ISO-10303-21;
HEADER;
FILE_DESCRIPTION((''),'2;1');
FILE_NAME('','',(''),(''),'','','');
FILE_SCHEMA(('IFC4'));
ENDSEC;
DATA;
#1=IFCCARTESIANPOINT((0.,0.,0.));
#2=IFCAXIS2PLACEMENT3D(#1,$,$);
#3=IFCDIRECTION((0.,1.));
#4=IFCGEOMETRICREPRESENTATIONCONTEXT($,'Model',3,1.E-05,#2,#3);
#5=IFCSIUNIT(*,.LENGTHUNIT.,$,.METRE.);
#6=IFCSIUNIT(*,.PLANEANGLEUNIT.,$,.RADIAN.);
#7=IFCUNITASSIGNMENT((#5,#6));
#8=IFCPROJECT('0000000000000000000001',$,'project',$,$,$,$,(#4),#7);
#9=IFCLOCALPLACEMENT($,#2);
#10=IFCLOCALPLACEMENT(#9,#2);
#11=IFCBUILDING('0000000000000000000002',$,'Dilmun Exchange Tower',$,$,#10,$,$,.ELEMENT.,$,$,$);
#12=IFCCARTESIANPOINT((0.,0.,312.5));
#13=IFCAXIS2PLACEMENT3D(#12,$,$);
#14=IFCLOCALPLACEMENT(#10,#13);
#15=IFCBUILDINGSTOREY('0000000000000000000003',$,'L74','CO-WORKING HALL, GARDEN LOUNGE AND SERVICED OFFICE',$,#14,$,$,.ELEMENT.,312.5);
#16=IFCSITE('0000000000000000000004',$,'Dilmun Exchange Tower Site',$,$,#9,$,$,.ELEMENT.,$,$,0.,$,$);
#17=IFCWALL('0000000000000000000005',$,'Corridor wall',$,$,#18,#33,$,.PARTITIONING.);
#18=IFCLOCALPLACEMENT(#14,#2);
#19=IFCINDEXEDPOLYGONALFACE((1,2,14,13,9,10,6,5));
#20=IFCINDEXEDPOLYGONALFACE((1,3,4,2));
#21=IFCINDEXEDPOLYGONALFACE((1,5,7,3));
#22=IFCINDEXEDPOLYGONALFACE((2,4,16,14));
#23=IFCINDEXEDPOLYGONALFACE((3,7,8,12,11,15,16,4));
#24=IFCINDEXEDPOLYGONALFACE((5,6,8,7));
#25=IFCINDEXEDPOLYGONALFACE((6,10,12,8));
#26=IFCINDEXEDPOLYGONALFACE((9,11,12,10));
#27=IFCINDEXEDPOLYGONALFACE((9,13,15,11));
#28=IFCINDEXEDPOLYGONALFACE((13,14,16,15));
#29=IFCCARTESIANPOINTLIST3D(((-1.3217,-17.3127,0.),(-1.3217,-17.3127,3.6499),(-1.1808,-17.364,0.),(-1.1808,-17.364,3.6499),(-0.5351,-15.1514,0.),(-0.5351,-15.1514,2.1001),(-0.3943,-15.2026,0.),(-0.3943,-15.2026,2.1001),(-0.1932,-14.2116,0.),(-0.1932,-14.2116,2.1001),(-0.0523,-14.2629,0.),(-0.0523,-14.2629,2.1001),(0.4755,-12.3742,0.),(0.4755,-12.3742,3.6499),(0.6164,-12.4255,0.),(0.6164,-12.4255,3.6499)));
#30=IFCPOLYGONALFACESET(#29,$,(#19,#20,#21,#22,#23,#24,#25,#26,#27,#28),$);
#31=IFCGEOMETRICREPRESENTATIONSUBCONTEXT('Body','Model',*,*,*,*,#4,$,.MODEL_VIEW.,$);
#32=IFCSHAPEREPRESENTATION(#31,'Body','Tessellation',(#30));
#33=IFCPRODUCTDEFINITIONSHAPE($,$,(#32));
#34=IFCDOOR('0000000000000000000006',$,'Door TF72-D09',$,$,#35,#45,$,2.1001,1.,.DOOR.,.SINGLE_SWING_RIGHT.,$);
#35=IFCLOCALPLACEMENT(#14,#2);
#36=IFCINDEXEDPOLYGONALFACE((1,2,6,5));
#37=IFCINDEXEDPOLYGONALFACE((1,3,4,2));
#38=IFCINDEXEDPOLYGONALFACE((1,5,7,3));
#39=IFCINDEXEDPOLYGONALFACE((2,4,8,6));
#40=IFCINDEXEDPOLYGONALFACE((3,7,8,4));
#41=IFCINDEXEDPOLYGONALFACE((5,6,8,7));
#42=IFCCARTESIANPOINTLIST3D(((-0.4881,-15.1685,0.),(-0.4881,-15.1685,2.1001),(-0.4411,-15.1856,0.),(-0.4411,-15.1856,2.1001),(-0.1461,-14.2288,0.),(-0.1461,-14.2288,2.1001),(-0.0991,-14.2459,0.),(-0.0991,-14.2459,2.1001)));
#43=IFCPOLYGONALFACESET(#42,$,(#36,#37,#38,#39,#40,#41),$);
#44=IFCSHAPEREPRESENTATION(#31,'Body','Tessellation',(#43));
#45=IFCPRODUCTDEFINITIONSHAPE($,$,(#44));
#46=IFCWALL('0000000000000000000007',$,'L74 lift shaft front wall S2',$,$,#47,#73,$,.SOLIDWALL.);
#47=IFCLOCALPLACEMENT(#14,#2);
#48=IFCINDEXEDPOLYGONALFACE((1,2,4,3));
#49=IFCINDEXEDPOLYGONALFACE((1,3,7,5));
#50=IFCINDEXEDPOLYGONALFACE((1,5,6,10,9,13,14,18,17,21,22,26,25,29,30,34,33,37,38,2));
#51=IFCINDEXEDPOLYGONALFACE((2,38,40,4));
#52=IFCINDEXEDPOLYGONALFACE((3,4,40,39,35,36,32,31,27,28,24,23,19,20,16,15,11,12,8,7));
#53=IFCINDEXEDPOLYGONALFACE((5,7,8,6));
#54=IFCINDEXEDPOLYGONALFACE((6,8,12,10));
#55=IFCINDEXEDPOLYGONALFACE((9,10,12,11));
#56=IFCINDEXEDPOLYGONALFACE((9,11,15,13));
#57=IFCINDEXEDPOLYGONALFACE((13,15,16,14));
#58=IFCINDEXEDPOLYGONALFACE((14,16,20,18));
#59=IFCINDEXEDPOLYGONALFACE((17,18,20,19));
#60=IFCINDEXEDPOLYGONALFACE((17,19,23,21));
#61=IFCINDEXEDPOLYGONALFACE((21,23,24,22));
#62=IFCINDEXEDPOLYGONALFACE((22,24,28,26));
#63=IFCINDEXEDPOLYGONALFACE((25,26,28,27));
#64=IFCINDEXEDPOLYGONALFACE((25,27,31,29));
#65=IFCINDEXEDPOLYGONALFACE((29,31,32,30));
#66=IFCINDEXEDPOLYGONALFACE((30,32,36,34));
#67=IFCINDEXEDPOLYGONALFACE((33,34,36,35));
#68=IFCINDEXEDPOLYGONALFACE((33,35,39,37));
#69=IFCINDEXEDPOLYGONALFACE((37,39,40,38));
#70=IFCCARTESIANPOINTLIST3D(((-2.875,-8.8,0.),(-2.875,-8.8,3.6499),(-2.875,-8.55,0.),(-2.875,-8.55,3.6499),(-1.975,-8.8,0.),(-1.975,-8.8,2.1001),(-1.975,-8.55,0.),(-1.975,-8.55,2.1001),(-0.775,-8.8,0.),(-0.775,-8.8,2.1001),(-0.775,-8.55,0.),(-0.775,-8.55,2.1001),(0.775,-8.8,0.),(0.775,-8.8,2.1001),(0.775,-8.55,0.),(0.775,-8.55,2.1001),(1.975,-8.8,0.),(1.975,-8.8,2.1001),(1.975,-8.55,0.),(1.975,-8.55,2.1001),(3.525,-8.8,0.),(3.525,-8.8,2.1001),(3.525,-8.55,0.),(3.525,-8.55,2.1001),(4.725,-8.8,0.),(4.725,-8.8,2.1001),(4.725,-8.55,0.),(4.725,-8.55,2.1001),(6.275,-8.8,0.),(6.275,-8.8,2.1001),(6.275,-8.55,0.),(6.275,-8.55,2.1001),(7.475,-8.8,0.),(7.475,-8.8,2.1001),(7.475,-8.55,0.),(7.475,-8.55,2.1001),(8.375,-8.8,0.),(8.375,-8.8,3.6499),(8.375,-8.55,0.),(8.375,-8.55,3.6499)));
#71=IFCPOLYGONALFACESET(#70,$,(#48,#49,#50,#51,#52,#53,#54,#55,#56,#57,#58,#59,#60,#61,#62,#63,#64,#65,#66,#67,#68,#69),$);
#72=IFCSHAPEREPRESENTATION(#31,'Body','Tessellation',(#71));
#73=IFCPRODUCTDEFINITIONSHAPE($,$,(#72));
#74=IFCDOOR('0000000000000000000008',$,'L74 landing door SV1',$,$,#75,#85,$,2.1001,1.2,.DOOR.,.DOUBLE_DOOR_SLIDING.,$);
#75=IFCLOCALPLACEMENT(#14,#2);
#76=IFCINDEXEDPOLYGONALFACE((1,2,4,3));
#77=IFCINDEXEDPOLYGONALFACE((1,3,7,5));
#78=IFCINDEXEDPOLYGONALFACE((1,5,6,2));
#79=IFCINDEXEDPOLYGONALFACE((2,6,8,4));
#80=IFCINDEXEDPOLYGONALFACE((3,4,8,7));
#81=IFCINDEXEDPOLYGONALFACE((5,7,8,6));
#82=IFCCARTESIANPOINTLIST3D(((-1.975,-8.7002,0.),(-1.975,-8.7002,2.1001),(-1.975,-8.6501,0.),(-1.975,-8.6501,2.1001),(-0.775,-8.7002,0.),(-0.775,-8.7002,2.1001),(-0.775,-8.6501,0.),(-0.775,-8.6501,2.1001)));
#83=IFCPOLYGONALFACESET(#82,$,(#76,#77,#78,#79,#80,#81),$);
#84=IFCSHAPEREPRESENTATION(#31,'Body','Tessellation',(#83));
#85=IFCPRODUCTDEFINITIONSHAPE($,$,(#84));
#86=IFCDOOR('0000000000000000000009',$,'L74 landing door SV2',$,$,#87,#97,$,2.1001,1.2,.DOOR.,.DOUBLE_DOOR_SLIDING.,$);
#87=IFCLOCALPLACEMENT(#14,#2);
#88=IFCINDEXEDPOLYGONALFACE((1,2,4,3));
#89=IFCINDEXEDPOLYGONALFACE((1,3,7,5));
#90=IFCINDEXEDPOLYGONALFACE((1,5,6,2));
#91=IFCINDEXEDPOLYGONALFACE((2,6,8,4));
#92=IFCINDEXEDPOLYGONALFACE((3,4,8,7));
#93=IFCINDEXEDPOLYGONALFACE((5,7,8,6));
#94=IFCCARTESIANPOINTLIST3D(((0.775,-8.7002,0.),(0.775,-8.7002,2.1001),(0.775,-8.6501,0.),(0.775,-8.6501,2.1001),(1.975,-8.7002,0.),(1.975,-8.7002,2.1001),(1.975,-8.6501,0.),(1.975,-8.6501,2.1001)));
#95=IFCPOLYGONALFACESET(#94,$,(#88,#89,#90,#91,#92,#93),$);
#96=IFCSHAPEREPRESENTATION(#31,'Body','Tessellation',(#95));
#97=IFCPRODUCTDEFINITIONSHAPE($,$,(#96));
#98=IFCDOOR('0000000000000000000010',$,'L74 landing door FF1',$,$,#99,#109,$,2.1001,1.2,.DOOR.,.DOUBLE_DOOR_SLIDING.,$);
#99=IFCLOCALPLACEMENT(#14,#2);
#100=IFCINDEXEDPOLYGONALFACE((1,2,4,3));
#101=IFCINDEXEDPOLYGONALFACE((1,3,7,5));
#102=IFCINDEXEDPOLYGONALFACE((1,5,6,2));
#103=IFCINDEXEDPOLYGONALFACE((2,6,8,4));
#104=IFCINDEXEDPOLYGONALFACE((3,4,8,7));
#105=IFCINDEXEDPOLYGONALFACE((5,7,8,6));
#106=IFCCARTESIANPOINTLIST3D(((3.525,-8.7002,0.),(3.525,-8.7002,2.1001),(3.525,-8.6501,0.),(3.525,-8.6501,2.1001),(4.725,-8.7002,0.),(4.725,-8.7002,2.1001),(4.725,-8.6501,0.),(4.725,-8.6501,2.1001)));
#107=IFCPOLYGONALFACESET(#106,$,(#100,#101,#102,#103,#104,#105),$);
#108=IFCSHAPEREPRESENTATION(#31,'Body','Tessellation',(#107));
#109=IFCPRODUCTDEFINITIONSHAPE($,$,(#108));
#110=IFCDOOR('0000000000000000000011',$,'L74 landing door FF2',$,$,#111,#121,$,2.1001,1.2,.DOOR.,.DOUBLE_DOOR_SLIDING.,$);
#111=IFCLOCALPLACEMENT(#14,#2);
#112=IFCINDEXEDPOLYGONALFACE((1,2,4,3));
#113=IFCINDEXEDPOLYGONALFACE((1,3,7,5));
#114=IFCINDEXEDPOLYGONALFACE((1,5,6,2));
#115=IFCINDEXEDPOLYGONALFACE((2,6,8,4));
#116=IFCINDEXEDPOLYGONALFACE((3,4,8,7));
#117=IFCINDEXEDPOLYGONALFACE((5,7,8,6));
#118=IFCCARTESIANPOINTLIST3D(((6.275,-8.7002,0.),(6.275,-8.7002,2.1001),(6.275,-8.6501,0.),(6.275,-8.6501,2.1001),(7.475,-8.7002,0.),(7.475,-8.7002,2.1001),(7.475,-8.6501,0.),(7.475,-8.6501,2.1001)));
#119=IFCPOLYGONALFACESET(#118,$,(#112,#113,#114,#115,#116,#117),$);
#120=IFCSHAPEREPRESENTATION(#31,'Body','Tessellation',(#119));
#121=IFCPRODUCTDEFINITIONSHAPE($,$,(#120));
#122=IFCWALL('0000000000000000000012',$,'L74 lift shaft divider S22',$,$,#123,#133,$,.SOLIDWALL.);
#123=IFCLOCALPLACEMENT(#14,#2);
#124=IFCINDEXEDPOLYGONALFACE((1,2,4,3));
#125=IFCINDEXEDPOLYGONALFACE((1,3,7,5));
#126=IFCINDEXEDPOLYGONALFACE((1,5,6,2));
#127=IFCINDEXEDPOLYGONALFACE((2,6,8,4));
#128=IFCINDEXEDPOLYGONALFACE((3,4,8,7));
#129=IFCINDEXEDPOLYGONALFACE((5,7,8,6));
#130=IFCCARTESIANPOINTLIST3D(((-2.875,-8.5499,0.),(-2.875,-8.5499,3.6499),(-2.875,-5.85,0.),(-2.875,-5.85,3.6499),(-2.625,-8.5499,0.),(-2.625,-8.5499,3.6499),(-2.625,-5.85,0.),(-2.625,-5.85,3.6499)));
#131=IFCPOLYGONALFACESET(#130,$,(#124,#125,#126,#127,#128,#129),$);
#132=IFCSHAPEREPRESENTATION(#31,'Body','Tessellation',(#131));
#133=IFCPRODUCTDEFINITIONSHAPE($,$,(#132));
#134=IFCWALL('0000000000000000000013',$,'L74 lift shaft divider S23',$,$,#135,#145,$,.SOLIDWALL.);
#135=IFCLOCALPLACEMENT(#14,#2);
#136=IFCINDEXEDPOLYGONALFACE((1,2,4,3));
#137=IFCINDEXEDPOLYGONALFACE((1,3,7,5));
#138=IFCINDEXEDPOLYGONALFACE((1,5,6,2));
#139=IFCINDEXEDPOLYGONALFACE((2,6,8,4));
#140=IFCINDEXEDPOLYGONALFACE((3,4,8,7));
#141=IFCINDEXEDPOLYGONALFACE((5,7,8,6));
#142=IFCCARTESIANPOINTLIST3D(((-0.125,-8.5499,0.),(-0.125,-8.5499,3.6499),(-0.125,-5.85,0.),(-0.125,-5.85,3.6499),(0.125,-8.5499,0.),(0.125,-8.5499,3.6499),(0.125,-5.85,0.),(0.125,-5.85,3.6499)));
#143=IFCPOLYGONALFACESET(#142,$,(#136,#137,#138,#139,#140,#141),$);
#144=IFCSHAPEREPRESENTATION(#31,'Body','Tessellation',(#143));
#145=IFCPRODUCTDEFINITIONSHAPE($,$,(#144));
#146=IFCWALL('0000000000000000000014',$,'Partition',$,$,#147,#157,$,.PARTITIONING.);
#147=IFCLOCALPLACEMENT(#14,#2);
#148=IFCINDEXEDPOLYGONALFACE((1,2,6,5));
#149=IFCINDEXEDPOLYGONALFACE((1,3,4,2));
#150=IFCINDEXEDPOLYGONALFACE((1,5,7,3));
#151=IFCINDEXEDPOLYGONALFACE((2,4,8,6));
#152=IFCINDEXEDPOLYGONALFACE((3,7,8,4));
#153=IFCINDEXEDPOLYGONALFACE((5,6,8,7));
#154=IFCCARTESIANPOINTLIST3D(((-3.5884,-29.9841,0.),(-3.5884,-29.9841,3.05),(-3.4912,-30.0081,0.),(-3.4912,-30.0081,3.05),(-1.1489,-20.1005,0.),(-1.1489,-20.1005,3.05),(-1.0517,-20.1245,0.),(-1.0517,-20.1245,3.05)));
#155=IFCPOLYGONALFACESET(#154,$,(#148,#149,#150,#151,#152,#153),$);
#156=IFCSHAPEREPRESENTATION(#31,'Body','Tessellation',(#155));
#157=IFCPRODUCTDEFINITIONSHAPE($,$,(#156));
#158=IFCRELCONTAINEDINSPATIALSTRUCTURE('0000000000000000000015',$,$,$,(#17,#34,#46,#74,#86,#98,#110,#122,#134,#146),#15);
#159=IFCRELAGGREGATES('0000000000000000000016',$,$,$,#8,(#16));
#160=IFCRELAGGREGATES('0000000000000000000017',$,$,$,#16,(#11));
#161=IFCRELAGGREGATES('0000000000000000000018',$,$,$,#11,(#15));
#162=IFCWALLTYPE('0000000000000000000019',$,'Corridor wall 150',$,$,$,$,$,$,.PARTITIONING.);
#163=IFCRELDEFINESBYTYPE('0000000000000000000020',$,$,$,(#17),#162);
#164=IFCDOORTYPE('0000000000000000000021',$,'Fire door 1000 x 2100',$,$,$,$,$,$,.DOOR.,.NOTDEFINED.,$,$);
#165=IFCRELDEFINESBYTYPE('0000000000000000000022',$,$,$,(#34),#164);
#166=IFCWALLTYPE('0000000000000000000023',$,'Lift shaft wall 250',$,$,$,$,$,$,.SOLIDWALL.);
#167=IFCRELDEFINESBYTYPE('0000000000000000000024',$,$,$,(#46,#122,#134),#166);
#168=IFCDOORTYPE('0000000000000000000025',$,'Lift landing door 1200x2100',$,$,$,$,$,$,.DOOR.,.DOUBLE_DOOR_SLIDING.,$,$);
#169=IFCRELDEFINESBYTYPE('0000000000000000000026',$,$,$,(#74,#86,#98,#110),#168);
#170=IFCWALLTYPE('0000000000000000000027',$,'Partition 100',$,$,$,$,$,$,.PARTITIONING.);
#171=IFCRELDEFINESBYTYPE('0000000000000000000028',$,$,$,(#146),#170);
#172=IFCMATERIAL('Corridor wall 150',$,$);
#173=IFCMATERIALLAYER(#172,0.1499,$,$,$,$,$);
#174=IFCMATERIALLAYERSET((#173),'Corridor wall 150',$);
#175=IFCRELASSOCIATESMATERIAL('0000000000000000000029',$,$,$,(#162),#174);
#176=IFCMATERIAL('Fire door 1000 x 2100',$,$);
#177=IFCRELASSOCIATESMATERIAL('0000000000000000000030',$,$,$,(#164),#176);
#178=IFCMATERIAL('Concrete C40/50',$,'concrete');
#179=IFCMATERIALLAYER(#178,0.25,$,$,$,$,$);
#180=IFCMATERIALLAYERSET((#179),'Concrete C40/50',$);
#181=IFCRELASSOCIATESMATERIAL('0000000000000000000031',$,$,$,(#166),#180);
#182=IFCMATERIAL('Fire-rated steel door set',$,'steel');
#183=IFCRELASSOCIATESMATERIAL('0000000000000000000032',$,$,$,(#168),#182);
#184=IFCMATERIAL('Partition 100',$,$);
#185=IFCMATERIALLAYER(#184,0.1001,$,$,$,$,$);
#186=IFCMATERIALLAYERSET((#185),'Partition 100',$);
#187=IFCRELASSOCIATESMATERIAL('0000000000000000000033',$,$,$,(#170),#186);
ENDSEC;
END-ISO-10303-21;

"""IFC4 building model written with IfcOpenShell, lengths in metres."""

from ifc_helpers import new_model, si_unit, direction, frame, frame_2d, origin, place, context, subcontext, project, spatial, rectangle, extrude, material, layer, layer_set, type_object, element, fill, save


model = new_model("IFC4")

# Units and contexts
model_context = context("Model", 3, precision=1e-05, world=origin(), true_north=direction((0.0, 1.0)))
body_context = subcontext(model_context, "Body", "Model", "MODEL_VIEW")
ifc_project = project(units=[si_unit("LENGTHUNIT", "METRE"), si_unit("PLANEANGLEUNIT", "RADIAN")], contexts=[model_context])

# Site, building, storey
site_placement = place(None, origin())
site = spatial("IfcSite", under=ifc_project, at=site_placement, Name="Dilmun Exchange Tower Site", CompositionType="ELEMENT", RefElevation=0.0)
building_placement = place(site_placement, origin())
building = spatial("IfcBuilding", under=site, at=building_placement, Name="Dilmun Exchange Tower", CompositionType="ELEMENT")
storey_placement = place(building_placement, frame((0.0, 0.0, 312.5)))
storey = spatial("IfcBuildingStorey", under=building, at=storey_placement, Name="L74", Description="CO-WORKING HALL, GARDEN LOUNGE AND SERVICED OFFICE", CompositionType="ELEMENT", Elevation=312.5)

# Shared definitions
ifc_material_1 = material(Name="Concrete C40/50", Category="concrete")

# Shared definitions
ifc_material_2 = material(Name="Fire-rated steel door set", Category="steel")

# Wall, opening, door
ifc_material_3 = material(Name="Corridor wall 150")
ifc_layer_1 = layer(ifc_material_3, 0.1499)
ifc_layer_set_1 = layer_set([ifc_layer_1], Name="Corridor wall 150")
wall_type_1 = type_object("IfcWallType", Name="Corridor wall 150", PredefinedType="PARTITIONING", material=ifc_layer_set_1)
wall_1_placement = place(storey_placement, frame((-1.2512, -17.3384, 0.0), z_axis=(0.0, 0.0, 1.0), x_axis=(0.341963, 0.939713, 0.0)))
wall_1 = element("IfcWall", 1, at=wall_1_placement, inside=storey, type_object=wall_type_1, Name="Corridor wall", PredefinedType="PARTITIONING", context=body_context, shape_type="SweptSolid", body=[
    extrude(rectangle(XDim=5.2554, YDim=0.1499, at=frame_2d((2.6277, 0.0))), origin(), (0.0, 0.0, 1.0), 3.6499),
])
opening_1_placement = place(wall_1_placement, frame((2.3, 0.0, 0.0)))
opening_1 = element("IfcOpeningElement", 2, at=opening_1_placement, cuts=wall_1, PredefinedType="OPENING", context=body_context, shape_type="SweptSolid", body=[
    extrude(rectangle(XDim=1.0, YDim=2.1001, at=frame_2d((0.5, 1.05))), frame((0.0, 0.085, 0.0), z_axis=(0.0, -1.0, 0.0), x_axis=(1.0, 0.0, 0.0)), (0.0, 0.0, 1.0), 0.1699),
])
ifc_material_4 = material(Name="Fire door 1000 x 2100")
door_type_1 = type_object("IfcDoorType", Name="Fire door 1000 x 2100", OperationType="NOTDEFINED", PredefinedType="DOOR", material=ifc_material_4)
door_1_placement = place(opening_1_placement, origin())
door_1 = element("IfcDoor", 3, at=door_1_placement, inside=storey, type_object=door_type_1, Name="Door TF72-D09", OperationType="SINGLE_SWING_RIGHT", OverallHeight=2.1001, OverallWidth=1.0, PredefinedType="DOOR", context=body_context, shape_type="SweptSolid", body=[
    extrude(rectangle(XDim=1.0, YDim=2.1001, at=frame_2d((0.5, 1.05))), frame((0.0, 0.0249, 0.0), z_axis=(0.0, -1.0, 0.0), x_axis=(1.0, 0.0, 0.0)), (0.0, 0.0, 1.0), 0.05),
])
fill(opening_1, door_1)

# Wall, openings, doors
ifc_layer_2 = layer(ifc_material_1, 0.25)
ifc_layer_set_2 = layer_set([ifc_layer_2], Name="Concrete C40/50")
wall_type_2 = type_object("IfcWallType", Name="Lift shaft wall 250", PredefinedType="SOLIDWALL", material=ifc_layer_set_2)
wall_2_placement = place(storey_placement, frame((-2.875, -8.675, 0.0), z_axis=(0.0, 0.0, 1.0), x_axis=(1.0, 0.0, 0.0)))
wall_2 = element("IfcWall", 4, at=wall_2_placement, inside=storey, type_object=wall_type_2, Name="L74 lift shaft front wall S2", PredefinedType="SOLIDWALL", context=body_context, shape_type="SweptSolid", body=[
    extrude(rectangle(XDim=11.25, YDim=0.25, at=frame_2d((5.625, 0.0))), origin(), (0.0, 0.0, 1.0), 3.6499),
])
opening_2_placement = place(wall_2_placement, frame((0.8999, 0.0, 0.0)))
opening_2 = element("IfcOpeningElement", 5, at=opening_2_placement, cuts=wall_2, PredefinedType="OPENING", context=body_context, shape_type="SweptSolid", body=[
    extrude(rectangle(XDim=1.2, YDim=2.1001, at=frame_2d((0.6001, 1.05))), frame((0.0, 0.135, 0.0), z_axis=(0.0, -1.0, 0.0), x_axis=(1.0, 0.0, 0.0)), (0.0, 0.0, 1.0), 0.27),
])
opening_3_placement = place(wall_2_placement, frame((3.6499, 0.0, 0.0)))
opening_3 = element("IfcOpeningElement", 6, at=opening_3_placement, cuts=wall_2, PredefinedType="OPENING", context=body_context, shape_type="SweptSolid", body=[
    extrude(rectangle(XDim=1.2, YDim=2.1001, at=frame_2d((0.6001, 1.05))), frame((0.0, 0.135, 0.0), z_axis=(0.0, -1.0, 0.0), x_axis=(1.0, 0.0, 0.0)), (0.0, 0.0, 1.0), 0.27),
])
opening_4_placement = place(wall_2_placement, frame((6.3999, 0.0, 0.0)))
opening_4 = element("IfcOpeningElement", 7, at=opening_4_placement, cuts=wall_2, PredefinedType="OPENING", context=body_context, shape_type="SweptSolid", body=[
    extrude(rectangle(XDim=1.2, YDim=2.1001, at=frame_2d((0.6001, 1.05))), frame((0.0, 0.135, 0.0), z_axis=(0.0, -1.0, 0.0), x_axis=(1.0, 0.0, 0.0)), (0.0, 0.0, 1.0), 0.27),
])
opening_5_placement = place(wall_2_placement, frame((9.1499, 0.0, 0.0)))
opening_5 = element("IfcOpeningElement", 8, at=opening_5_placement, cuts=wall_2, PredefinedType="OPENING", context=body_context, shape_type="SweptSolid", body=[
    extrude(rectangle(XDim=1.2, YDim=2.1001, at=frame_2d((0.6001, 1.05))), frame((0.0, 0.135, 0.0), z_axis=(0.0, -1.0, 0.0), x_axis=(1.0, 0.0, 0.0)), (0.0, 0.0, 1.0), 0.27),
])
door_type_2 = type_object("IfcDoorType", Name="Lift landing door 1200x2100", OperationType="DOUBLE_DOOR_SLIDING", PredefinedType="DOOR", material=ifc_material_2)
door_2_placement = place(opening_2_placement, origin())
door_2 = element("IfcDoor", 9, at=door_2_placement, inside=storey, type_object=door_type_2, Name="L74 landing door SV1", OperationType="DOUBLE_DOOR_SLIDING", OverallHeight=2.1001, OverallWidth=1.2, PredefinedType="DOOR", context=body_context, shape_type="SweptSolid", body=[
    extrude(rectangle(XDim=1.2, YDim=2.1001, at=frame_2d((0.6001, 1.05))), frame((0.0, 0.0249, 0.0), z_axis=(0.0, -1.0, 0.0), x_axis=(1.0, 0.0, 0.0)), (0.0, 0.0, 1.0), 0.05),
])
fill(opening_2, door_2)
door_3_placement = place(opening_3_placement, origin())
door_3 = element("IfcDoor", 10, at=door_3_placement, inside=storey, type_object=door_type_2, Name="L74 landing door SV2", OperationType="DOUBLE_DOOR_SLIDING", OverallHeight=2.1001, OverallWidth=1.2, PredefinedType="DOOR", context=body_context, shape_type="SweptSolid", body=[
    extrude(rectangle(XDim=1.2, YDim=2.1001, at=frame_2d((0.6001, 1.05))), frame((0.0, 0.0249, 0.0), z_axis=(0.0, -1.0, 0.0), x_axis=(1.0, 0.0, 0.0)), (0.0, 0.0, 1.0), 0.05),
])
fill(opening_3, door_3)
door_4_placement = place(opening_4_placement, origin())
door_4 = element("IfcDoor", 11, at=door_4_placement, inside=storey, type_object=door_type_2, Name="L74 landing door FF1", OperationType="DOUBLE_DOOR_SLIDING", OverallHeight=2.1001, OverallWidth=1.2, PredefinedType="DOOR", context=body_context, shape_type="SweptSolid", body=[
    extrude(rectangle(XDim=1.2, YDim=2.1001, at=frame_2d((0.6001, 1.05))), frame((0.0, 0.0249, 0.0), z_axis=(0.0, -1.0, 0.0), x_axis=(1.0, 0.0, 0.0)), (0.0, 0.0, 1.0), 0.05),
])
fill(opening_4, door_4)
door_5_placement = place(opening_5_placement, origin())
door_5 = element("IfcDoor", 12, at=door_5_placement, inside=storey, type_object=door_type_2, Name="L74 landing door FF2", OperationType="DOUBLE_DOOR_SLIDING", OverallHeight=2.1001, OverallWidth=1.2, PredefinedType="DOOR", context=body_context, shape_type="SweptSolid", body=[
    extrude(rectangle(XDim=1.2, YDim=2.1001, at=frame_2d((0.6001, 1.05))), frame((0.0, 0.0249, 0.0), z_axis=(0.0, -1.0, 0.0), x_axis=(1.0, 0.0, 0.0)), (0.0, 0.0, 1.0), 0.05),
])
fill(opening_5, door_5)

# Walls
for number, where, z_axis, x_axis, name in (
    (13, (-2.75, -8.55, 0.0), (0.0, 0.0, 1.0), (0.0, 1.0, 0.0), "L74 lift shaft divider S22"),
    (14, (0.0, -8.55, 0.0), (0.0, 0.0, 1.0), (0.0, 1.0, 0.0), "L74 lift shaft divider S23"),
):
    element("IfcWall", number, at=place(storey_placement, frame(where, z_axis=z_axis, x_axis=x_axis)), inside=storey, type_object=wall_type_2, Name=name, PredefinedType="SOLIDWALL", context=body_context, shape_type="SweptSolid", body=[
        extrude(rectangle(XDim=2.7, YDim=0.25, at=frame_2d((1.3501, 0.0))), origin(), (0.0, 0.0, 1.0), 3.6499),
    ])
ifc_material_5 = material(Name="Partition 100")
ifc_layer_3 = layer(ifc_material_5, 0.1001)
ifc_layer_set_3 = layer_set([ifc_layer_3], Name="Partition 100")
wall_type_3 = type_object("IfcWallType", Name="Partition 100", PredefinedType="PARTITIONING", material=ifc_layer_set_3)
wall_3_placement = place(storey_placement, frame((-3.5398, -29.9961, 0.0), z_axis=(0.0, 0.0, 1.0), x_axis=(0.239628, 0.970865, 0.0)))
element("IfcWall", 15, at=wall_3_placement, inside=storey, type_object=wall_type_3, Name="Partition", PredefinedType="PARTITIONING", context=body_context, shape_type="SweptSolid", body=[
    extrude(rectangle(XDim=10.1802, YDim=0.1001, at=frame_2d((5.0901, 0.0))), origin(), (0.0, 0.0, 1.0), 3.05),
])

save(model, "model.ifc")
